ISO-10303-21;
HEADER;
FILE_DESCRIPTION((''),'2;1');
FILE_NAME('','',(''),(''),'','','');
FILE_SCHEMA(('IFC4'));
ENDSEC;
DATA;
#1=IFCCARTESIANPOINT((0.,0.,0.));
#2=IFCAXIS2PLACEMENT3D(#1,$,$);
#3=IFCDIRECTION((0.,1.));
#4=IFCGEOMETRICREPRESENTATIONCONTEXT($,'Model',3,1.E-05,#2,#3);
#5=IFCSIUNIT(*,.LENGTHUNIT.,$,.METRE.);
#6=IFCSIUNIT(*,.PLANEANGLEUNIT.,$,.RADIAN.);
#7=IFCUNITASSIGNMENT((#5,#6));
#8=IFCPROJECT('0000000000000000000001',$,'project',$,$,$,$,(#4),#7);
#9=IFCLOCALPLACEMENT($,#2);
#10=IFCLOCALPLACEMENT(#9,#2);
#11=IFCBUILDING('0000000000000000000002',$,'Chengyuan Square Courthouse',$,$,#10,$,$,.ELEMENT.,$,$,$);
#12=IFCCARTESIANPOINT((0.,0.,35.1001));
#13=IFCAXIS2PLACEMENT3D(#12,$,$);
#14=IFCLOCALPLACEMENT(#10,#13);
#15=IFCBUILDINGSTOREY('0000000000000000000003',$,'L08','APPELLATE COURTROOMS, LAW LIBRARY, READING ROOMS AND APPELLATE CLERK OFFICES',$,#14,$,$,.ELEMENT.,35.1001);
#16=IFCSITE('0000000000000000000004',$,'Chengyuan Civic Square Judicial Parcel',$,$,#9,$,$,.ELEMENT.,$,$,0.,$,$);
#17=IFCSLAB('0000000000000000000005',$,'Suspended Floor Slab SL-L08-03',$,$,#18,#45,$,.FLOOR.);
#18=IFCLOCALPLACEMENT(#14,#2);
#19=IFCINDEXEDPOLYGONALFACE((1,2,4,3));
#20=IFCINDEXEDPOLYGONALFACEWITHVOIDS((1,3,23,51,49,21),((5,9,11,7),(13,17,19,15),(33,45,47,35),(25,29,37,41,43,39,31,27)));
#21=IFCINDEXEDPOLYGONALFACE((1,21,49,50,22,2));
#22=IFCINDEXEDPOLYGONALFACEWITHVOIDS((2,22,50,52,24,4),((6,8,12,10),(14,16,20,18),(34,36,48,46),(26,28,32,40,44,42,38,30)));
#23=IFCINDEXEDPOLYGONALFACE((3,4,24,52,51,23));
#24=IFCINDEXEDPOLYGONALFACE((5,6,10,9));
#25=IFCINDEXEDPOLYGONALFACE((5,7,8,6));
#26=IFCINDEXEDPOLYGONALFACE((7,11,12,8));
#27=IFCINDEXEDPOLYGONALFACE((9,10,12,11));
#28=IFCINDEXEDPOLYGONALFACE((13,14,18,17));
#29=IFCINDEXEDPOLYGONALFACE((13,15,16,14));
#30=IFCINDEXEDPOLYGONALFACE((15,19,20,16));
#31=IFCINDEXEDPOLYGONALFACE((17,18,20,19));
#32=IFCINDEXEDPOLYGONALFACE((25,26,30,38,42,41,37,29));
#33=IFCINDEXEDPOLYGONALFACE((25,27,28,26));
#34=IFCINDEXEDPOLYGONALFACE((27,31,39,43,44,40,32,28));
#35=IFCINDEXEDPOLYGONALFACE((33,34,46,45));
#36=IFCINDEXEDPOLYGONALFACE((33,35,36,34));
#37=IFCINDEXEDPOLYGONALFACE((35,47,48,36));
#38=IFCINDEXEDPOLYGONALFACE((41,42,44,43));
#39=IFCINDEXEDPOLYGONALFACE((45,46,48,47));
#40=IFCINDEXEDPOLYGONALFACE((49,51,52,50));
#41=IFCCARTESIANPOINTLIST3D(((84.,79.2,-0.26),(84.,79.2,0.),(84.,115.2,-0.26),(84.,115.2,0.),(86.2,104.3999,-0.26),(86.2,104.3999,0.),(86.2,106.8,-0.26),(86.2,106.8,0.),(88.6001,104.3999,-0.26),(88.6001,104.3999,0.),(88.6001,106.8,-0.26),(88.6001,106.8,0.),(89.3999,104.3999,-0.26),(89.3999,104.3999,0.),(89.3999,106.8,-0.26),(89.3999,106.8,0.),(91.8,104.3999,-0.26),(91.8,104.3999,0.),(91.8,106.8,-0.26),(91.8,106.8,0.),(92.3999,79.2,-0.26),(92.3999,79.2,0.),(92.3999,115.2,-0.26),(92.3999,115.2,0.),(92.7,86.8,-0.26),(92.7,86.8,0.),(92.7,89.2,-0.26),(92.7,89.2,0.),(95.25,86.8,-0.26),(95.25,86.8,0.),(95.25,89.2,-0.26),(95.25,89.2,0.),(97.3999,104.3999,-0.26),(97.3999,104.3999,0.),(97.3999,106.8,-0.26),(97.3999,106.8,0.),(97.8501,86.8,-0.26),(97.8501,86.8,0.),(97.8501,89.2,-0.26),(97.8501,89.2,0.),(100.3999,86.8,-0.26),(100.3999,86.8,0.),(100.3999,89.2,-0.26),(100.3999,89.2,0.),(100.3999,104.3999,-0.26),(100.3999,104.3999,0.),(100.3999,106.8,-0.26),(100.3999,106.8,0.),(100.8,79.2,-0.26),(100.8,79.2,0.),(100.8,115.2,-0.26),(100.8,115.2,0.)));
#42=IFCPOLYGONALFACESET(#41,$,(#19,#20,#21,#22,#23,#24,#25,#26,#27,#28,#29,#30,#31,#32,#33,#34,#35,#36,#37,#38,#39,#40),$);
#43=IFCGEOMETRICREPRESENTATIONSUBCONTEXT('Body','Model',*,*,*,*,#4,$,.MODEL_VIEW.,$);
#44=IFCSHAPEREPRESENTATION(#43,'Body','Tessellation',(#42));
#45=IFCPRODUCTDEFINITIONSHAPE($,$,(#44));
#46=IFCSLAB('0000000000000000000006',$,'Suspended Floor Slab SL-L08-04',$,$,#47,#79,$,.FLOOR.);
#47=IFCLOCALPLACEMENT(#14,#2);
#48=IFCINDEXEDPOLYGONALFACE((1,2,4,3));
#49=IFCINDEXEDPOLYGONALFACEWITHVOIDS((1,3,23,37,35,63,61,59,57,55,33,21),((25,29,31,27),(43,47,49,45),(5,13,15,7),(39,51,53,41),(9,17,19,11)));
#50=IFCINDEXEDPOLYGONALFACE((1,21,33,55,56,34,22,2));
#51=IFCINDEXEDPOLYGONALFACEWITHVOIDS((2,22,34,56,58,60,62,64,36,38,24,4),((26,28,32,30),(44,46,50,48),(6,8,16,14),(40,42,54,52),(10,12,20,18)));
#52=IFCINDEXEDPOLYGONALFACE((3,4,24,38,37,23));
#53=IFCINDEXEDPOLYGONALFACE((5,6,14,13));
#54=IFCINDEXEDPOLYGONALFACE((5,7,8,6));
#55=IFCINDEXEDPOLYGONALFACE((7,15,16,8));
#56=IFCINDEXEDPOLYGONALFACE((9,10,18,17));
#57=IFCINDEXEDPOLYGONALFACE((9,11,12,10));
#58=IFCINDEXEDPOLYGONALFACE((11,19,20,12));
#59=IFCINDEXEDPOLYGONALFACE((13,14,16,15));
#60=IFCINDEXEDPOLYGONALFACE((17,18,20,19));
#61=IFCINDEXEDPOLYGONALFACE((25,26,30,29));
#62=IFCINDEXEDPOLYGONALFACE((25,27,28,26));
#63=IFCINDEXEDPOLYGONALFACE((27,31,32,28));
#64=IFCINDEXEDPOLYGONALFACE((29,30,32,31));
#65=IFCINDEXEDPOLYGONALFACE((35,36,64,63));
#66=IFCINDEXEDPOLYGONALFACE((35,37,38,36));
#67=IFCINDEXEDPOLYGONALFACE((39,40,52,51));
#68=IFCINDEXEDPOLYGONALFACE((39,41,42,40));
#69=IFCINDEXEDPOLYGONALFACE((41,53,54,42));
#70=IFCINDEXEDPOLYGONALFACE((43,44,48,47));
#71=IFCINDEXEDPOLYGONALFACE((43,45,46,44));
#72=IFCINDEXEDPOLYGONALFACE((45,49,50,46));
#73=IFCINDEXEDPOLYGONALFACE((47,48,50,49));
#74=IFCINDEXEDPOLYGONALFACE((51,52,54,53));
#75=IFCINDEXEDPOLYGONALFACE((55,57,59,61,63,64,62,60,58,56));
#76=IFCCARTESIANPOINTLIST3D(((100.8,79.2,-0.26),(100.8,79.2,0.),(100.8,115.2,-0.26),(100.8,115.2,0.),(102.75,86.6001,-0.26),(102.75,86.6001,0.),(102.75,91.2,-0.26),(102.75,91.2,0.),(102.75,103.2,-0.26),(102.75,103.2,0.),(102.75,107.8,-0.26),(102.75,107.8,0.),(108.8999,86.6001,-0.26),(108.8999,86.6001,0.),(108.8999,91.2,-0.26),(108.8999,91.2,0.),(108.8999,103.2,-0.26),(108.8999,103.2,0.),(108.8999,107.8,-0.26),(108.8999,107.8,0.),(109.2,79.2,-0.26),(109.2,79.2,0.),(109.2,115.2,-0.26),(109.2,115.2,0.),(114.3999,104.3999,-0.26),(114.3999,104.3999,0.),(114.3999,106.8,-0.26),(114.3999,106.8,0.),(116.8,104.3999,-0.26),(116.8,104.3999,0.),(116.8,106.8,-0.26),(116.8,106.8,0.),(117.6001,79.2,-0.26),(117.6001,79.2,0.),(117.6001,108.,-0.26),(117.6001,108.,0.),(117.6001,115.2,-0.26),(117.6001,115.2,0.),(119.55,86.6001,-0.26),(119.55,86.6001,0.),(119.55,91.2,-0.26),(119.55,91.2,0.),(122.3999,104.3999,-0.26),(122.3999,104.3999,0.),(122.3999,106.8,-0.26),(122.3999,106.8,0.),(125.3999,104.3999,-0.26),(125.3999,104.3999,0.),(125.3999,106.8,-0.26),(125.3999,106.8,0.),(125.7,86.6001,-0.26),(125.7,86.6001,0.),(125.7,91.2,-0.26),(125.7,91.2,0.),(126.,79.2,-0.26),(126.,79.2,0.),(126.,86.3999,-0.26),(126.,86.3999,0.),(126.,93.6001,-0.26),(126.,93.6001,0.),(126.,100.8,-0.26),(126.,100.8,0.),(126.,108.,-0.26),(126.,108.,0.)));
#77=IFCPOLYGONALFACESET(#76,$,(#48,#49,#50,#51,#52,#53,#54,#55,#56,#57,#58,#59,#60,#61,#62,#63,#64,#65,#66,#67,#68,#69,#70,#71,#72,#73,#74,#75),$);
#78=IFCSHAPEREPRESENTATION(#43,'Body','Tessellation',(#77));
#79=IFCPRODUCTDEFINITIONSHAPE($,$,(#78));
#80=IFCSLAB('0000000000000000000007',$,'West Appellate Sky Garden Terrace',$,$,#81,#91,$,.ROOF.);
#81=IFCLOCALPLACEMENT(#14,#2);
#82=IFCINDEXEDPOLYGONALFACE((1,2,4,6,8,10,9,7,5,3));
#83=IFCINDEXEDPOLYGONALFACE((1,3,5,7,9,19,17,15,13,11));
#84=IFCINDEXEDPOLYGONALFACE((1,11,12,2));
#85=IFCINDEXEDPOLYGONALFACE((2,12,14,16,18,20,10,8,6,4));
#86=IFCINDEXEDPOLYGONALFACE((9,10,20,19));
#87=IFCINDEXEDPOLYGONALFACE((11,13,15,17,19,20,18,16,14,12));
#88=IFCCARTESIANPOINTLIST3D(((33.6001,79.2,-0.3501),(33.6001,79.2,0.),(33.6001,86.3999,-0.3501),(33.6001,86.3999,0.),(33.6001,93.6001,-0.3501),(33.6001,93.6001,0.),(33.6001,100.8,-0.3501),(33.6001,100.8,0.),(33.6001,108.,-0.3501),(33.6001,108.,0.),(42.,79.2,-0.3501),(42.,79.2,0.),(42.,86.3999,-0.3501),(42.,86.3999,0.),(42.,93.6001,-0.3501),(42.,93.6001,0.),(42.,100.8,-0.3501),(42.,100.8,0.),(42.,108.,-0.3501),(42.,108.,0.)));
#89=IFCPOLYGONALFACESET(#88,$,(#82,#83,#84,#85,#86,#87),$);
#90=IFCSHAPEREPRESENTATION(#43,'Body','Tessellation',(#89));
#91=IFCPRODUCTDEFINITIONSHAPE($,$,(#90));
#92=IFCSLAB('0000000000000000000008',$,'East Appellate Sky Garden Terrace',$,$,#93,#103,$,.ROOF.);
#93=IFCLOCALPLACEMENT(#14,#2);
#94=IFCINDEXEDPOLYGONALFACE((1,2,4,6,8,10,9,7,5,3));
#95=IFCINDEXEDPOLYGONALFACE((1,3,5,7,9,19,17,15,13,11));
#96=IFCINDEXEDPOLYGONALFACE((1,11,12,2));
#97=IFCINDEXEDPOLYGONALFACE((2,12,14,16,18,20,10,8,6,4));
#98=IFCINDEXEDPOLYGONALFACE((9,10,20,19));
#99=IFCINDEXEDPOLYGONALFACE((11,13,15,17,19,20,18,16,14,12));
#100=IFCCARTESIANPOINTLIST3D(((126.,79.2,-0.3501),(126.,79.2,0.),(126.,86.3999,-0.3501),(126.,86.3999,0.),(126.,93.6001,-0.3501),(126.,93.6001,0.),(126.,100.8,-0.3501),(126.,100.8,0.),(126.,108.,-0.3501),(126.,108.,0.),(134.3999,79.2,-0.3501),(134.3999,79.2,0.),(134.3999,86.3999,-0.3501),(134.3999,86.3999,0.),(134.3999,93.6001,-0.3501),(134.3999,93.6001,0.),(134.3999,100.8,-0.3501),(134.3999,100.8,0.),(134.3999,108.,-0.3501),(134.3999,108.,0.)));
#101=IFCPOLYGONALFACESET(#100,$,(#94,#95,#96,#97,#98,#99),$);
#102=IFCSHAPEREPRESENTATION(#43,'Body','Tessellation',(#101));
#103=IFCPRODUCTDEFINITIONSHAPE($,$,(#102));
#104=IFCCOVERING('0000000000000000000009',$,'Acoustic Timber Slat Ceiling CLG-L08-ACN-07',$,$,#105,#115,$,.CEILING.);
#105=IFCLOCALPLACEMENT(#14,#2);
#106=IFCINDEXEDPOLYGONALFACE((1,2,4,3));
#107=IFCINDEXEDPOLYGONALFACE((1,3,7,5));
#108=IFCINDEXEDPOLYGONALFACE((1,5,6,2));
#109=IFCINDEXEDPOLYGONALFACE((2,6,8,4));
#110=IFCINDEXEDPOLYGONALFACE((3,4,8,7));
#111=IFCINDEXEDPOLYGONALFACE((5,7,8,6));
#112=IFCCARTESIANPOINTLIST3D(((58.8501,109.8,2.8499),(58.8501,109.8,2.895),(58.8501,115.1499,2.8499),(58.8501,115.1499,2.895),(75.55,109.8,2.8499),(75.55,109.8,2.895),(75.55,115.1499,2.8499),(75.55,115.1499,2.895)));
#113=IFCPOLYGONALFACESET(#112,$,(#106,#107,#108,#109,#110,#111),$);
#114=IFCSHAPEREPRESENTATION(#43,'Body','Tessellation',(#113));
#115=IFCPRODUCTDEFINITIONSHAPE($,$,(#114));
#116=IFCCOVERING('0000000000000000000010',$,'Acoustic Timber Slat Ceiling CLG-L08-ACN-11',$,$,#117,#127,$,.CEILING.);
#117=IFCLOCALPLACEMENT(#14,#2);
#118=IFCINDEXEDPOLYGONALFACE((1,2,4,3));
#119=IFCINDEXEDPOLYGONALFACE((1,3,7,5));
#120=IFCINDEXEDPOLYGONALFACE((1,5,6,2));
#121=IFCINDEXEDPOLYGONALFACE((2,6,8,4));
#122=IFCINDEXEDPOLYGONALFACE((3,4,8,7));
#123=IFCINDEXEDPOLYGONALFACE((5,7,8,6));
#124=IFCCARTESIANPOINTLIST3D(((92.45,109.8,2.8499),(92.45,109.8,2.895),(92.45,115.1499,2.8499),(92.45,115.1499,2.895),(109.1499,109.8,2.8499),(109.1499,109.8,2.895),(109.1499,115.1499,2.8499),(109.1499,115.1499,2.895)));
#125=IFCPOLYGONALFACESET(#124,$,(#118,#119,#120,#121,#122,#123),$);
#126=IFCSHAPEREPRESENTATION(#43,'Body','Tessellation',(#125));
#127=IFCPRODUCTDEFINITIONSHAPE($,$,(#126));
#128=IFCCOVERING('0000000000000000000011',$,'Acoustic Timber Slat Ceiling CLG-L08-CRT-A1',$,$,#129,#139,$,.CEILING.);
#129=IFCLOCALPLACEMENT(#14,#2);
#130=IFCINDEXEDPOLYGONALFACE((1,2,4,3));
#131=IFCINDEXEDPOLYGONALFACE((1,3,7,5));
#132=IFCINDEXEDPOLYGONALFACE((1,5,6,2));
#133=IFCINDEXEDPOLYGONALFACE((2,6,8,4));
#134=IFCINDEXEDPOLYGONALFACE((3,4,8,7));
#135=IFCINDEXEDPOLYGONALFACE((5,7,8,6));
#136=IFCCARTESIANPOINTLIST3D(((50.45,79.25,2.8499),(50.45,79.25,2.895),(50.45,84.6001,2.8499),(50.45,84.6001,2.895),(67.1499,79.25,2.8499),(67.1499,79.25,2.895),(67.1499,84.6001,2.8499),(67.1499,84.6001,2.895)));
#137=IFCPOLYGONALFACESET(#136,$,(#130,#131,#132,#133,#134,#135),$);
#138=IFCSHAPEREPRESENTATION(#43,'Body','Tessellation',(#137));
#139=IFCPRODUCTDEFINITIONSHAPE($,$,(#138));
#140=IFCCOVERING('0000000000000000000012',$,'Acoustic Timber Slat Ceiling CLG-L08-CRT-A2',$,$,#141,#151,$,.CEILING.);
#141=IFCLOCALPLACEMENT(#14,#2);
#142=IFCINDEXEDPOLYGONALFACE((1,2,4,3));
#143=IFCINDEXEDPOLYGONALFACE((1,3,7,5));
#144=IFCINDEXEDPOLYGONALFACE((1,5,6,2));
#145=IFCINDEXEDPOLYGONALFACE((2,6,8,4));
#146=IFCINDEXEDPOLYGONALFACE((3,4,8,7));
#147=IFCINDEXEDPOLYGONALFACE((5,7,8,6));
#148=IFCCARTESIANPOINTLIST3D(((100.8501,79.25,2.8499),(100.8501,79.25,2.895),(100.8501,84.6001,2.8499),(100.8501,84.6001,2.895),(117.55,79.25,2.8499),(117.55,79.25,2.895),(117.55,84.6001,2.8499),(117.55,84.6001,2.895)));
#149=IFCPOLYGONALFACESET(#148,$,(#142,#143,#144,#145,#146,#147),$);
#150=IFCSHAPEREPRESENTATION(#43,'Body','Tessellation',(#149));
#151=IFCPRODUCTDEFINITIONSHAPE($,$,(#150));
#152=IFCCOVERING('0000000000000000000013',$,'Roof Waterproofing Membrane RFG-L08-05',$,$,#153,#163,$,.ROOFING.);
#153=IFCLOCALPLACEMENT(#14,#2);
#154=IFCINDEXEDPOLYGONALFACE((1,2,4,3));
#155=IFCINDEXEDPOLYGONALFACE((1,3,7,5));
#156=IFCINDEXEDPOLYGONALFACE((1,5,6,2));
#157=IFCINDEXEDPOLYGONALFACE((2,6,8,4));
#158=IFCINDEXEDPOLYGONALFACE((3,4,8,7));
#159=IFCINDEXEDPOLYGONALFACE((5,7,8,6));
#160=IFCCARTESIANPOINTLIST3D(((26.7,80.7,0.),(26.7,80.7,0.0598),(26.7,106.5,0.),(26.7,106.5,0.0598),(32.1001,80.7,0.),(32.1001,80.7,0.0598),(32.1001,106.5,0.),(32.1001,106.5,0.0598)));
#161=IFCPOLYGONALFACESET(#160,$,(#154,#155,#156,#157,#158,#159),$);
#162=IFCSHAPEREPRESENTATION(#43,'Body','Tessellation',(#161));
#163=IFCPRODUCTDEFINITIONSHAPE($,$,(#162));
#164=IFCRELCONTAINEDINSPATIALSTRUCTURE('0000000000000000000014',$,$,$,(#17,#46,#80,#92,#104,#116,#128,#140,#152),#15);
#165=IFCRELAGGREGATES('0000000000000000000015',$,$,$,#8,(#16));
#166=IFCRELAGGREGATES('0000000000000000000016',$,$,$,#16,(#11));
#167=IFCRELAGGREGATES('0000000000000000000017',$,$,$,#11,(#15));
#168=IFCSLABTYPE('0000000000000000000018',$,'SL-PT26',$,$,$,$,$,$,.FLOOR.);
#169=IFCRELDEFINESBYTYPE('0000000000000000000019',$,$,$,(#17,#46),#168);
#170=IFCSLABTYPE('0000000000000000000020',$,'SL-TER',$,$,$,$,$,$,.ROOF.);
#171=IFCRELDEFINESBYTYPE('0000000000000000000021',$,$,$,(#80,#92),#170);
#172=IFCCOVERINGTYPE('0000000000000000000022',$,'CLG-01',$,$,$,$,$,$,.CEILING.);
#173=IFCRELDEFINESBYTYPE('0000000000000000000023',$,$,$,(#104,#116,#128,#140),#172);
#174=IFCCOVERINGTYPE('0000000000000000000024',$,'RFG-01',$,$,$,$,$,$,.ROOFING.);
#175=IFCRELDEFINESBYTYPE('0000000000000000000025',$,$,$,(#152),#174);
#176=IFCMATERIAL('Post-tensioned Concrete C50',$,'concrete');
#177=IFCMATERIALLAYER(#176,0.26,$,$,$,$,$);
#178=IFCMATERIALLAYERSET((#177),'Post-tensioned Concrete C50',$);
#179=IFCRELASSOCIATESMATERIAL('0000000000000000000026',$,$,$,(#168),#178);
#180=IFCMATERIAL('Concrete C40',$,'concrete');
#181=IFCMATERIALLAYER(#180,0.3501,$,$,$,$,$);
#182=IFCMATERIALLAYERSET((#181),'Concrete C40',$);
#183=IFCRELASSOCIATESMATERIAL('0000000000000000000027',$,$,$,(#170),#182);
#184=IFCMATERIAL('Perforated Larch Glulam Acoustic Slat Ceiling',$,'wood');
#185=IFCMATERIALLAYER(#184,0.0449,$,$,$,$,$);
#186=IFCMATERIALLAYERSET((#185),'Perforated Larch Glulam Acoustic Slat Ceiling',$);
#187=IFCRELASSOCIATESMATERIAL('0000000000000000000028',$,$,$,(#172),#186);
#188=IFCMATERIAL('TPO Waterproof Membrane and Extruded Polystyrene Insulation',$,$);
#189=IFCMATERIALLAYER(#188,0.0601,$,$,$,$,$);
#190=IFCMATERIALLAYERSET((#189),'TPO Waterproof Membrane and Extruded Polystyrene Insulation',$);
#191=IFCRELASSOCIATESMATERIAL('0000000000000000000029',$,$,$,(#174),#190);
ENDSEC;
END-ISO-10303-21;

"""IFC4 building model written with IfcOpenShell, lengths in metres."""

from ifc_helpers import new_model, si_unit, direction, frame, origin, place, context, subcontext, project, spatial, polyline, outline, extrude, material, layer, layer_set, type_object, element, save


model = new_model("IFC4")

# Units and contexts
model_context = context("Model", 3, precision=1e-05, world=origin(), true_north=direction((0.0, 1.0)))
body_context = subcontext(model_context, "Body", "Model", "MODEL_VIEW")
ifc_project = project(units=[si_unit("LENGTHUNIT", "METRE"), si_unit("PLANEANGLEUNIT", "RADIAN")], contexts=[model_context])

# Site, building, storey
site_placement = place(None, origin())
site = spatial("IfcSite", under=ifc_project, at=site_placement, Name="Chengyuan Civic Square Judicial Parcel", CompositionType="ELEMENT", RefElevation=0.0)
building_placement = place(site_placement, origin())
building = spatial("IfcBuilding", under=site, at=building_placement, Name="Chengyuan Square Courthouse", CompositionType="ELEMENT")
storey_placement = place(building_placement, frame((0.0, 0.0, 35.1001)))
storey = spatial("IfcBuildingStorey", under=building, at=storey_placement, Name="L08", Description="APPELLATE COURTROOMS, LAW LIBRARY, READING ROOMS AND APPELLATE CLERK OFFICES", CompositionType="ELEMENT", Elevation=35.1001)

# Shared definitions
ifc_material_1 = material(Name="Concrete C40", Category="concrete")

# Slabs
ifc_material_2 = material(Name="Post-tensioned Concrete C50", Category="concrete")
ifc_layer_1 = layer(ifc_material_2, 0.26)
ifc_layer_set_1 = layer_set([ifc_layer_1], Name="Post-tensioned Concrete C50")
slab_type_1 = type_object("IfcSlabType", Name="SL-PT26", PredefinedType="FLOOR", material=ifc_layer_set_1)
slab_1_placement = place(storey_placement, frame((0.0, 0.0, -0.26)))
element("IfcSlab", 1, at=slab_1_placement, inside=storey, type_object=slab_type_1, Name="Suspended Floor Slab SL-L08-03", PredefinedType="FLOOR", context=body_context, shape_type="SweptSolid", body=[
    extrude(outline(polyline([(92.3999, 115.2), (100.8, 115.2), (100.8, 79.2), (92.3999, 79.2), (84.0, 79.2), (84.0, 115.2), (92.3999, 115.2)]), holes=[polyline([(92.7, 89.2), (92.7, 86.8), (95.25, 86.8), (97.8501, 86.8), (100.3999, 86.8), (100.3999, 89.2), (97.8501, 89.2), (95.25, 89.2), (92.7, 89.2)]), polyline([(88.6001, 106.8), (86.2, 106.8), (86.2, 104.3999), (88.6001, 104.3999), (88.6001, 106.8)]), polyline([(91.8, 106.8), (89.3999, 106.8), (89.3999, 104.3999), (91.8, 104.3999), (91.8, 106.8)]), polyline([(97.3999, 106.8), (97.3999, 104.3999), (100.3999, 104.3999), (100.3999, 106.8), (97.3999, 106.8)])]), origin(), (0.0, 0.0, 1.0), 0.26),
])
slab_2_placement = place(storey_placement, frame((0.0, 0.0, -0.26)))
element("IfcSlab", 2, at=slab_2_placement, inside=storey, type_object=slab_type_1, Name="Suspended Floor Slab SL-L08-04", PredefinedType="FLOOR", context=body_context, shape_type="SweptSolid", body=[
    extrude(outline(polyline([(109.2, 115.2), (117.6001, 115.2), (117.6001, 108.0), (126.0, 108.0), (126.0, 100.8), (126.0, 93.6001), (126.0, 86.3999), (126.0, 79.2), (117.6001, 79.2), (109.2, 79.2), (100.8, 79.2), (100.8, 115.2), (109.2, 115.2)]), holes=[polyline([(108.8999, 91.2), (102.75, 91.2), (102.75, 86.6001), (108.8999, 86.6001), (108.8999, 91.2)]), polyline([(125.7, 91.2), (119.55, 91.2), (119.55, 86.6001), (125.7, 86.6001), (125.7, 91.2)]), polyline([(102.75, 107.8), (102.75, 103.2), (108.8999, 103.2), (108.8999, 107.8), (102.75, 107.8)]), polyline([(116.8, 106.8), (114.3999, 106.8), (114.3999, 104.3999), (116.8, 104.3999), (116.8, 106.8)]), polyline([(125.3999, 106.8), (122.3999, 106.8), (122.3999, 104.3999), (125.3999, 104.3999), (125.3999, 106.8)])]), origin(), (0.0, 0.0, 1.0), 0.26),
])
ifc_layer_2 = layer(ifc_material_1, 0.3501)
ifc_layer_set_2 = layer_set([ifc_layer_2], Name="Concrete C40")
slab_type_2 = type_object("IfcSlabType", Name="SL-TER", PredefinedType="ROOF", material=ifc_layer_set_2)
slab_3_placement = place(storey_placement, frame((0.0, 0.0, -0.3501)))
element("IfcSlab", 3, at=slab_3_placement, inside=storey, type_object=slab_type_2, Name="West Appellate Sky Garden Terrace", PredefinedType="ROOF", context=body_context, shape_type="SweptSolid", body=[
    extrude(outline(polyline([(33.6001, 79.2), (33.6001, 86.3999), (33.6001, 93.6001), (33.6001, 100.8), (33.6001, 108.0), (42.0, 108.0), (42.0, 100.8), (42.0, 93.6001), (42.0, 86.3999), (42.0, 79.2), (33.6001, 79.2)])), origin(), (0.0, 0.0, 1.0), 0.3501),
])
slab_4_placement = place(storey_placement, frame((0.0, 0.0, -0.3501)))
element("IfcSlab", 4, at=slab_4_placement, inside=storey, type_object=slab_type_2, Name="East Appellate Sky Garden Terrace", PredefinedType="ROOF", context=body_context, shape_type="SweptSolid", body=[
    extrude(outline(polyline([(126.0, 79.2), (126.0, 86.3999), (126.0, 93.6001), (126.0, 100.8), (126.0, 108.0), (134.3999, 108.0), (134.3999, 100.8), (134.3999, 93.6001), (134.3999, 86.3999), (134.3999, 79.2), (126.0, 79.2)])), origin(), (0.0, 0.0, 1.0), 0.3501),
])

# Coverings
ifc_material_3 = material(Name="Perforated Larch Glulam Acoustic Slat Ceiling", Category="wood")
ifc_layer_3 = layer(ifc_material_3, 0.0449)
ifc_layer_set_3 = layer_set([ifc_layer_3], Name="Perforated Larch Glulam Acoustic Slat Ceiling")
covering_type_1 = type_object("IfcCoveringType", Name="CLG-01", PredefinedType="CEILING", material=ifc_layer_set_3)
covering_1_placement = place(storey_placement, frame((0.0, 0.0, 2.8499)))
element("IfcCovering", 5, at=covering_1_placement, inside=storey, type_object=covering_type_1, Name="Acoustic Timber Slat Ceiling CLG-L08-ACN-07", PredefinedType="CEILING", context=body_context, shape_type="SweptSolid", body=[
    extrude(outline(polyline([(58.8501, 109.8), (75.55, 109.8), (75.55, 115.1499), (58.8501, 115.1499), (58.8501, 109.8)])), origin(), (0.0, 0.0, 1.0), 0.0452),
])
covering_2_placement = place(storey_placement, frame((0.0, 0.0, 2.8499)))
element("IfcCovering", 6, at=covering_2_placement, inside=storey, type_object=covering_type_1, Name="Acoustic Timber Slat Ceiling CLG-L08-ACN-11", PredefinedType="CEILING", context=body_context, shape_type="SweptSolid", body=[
    extrude(outline(polyline([(92.45, 109.8), (109.1499, 109.8), (109.1499, 115.1499), (92.45, 115.1499), (92.45, 109.8)])), origin(), (0.0, 0.0, 1.0), 0.0452),
])
covering_3_placement = place(storey_placement, frame((0.0, 0.0, 2.8499)))
element("IfcCovering", 7, at=covering_3_placement, inside=storey, type_object=covering_type_1, Name="Acoustic Timber Slat Ceiling CLG-L08-CRT-A1", PredefinedType="CEILING", context=body_context, shape_type="SweptSolid", body=[
    extrude(outline(polyline([(50.45, 79.25), (67.1499, 79.25), (67.1499, 84.6001), (50.45, 84.6001), (50.45, 79.25)])), origin(), (0.0, 0.0, 1.0), 0.0452),
])
covering_4_placement = place(storey_placement, frame((0.0, 0.0, 2.8499)))
element("IfcCovering", 8, at=covering_4_placement, inside=storey, type_object=covering_type_1, Name="Acoustic Timber Slat Ceiling CLG-L08-CRT-A2", PredefinedType="CEILING", context=body_context, shape_type="SweptSolid", body=[
    extrude(outline(polyline([(100.8501, 79.25), (117.55, 79.25), (117.55, 84.6001), (100.8501, 84.6001), (100.8501, 79.25)])), origin(), (0.0, 0.0, 1.0), 0.0452),
])
ifc_material_4 = material(Name="TPO Waterproof Membrane and Extruded Polystyrene Insulation")
ifc_layer_4 = layer(ifc_material_4, 0.0601)
ifc_layer_set_4 = layer_set([ifc_layer_4], Name="TPO Waterproof Membrane and Extruded Polystyrene Insulation")
covering_type_2 = type_object("IfcCoveringType", Name="RFG-01", PredefinedType="ROOFING", material=ifc_layer_set_4)
covering_5_placement = place(storey_placement, origin())
element("IfcCovering", 9, at=covering_5_placement, inside=storey, type_object=covering_type_2, Name="Roof Waterproofing Membrane RFG-L08-05", PredefinedType="ROOFING", context=body_context, shape_type="SweptSolid", body=[
    extrude(outline(polyline([(26.7, 80.7), (32.1001, 80.7), (32.1001, 106.5), (26.7, 106.5), (26.7, 80.7)])), origin(), (0.0, 0.0, 1.0), 0.0598),
])

save(model, "model.ifc")
